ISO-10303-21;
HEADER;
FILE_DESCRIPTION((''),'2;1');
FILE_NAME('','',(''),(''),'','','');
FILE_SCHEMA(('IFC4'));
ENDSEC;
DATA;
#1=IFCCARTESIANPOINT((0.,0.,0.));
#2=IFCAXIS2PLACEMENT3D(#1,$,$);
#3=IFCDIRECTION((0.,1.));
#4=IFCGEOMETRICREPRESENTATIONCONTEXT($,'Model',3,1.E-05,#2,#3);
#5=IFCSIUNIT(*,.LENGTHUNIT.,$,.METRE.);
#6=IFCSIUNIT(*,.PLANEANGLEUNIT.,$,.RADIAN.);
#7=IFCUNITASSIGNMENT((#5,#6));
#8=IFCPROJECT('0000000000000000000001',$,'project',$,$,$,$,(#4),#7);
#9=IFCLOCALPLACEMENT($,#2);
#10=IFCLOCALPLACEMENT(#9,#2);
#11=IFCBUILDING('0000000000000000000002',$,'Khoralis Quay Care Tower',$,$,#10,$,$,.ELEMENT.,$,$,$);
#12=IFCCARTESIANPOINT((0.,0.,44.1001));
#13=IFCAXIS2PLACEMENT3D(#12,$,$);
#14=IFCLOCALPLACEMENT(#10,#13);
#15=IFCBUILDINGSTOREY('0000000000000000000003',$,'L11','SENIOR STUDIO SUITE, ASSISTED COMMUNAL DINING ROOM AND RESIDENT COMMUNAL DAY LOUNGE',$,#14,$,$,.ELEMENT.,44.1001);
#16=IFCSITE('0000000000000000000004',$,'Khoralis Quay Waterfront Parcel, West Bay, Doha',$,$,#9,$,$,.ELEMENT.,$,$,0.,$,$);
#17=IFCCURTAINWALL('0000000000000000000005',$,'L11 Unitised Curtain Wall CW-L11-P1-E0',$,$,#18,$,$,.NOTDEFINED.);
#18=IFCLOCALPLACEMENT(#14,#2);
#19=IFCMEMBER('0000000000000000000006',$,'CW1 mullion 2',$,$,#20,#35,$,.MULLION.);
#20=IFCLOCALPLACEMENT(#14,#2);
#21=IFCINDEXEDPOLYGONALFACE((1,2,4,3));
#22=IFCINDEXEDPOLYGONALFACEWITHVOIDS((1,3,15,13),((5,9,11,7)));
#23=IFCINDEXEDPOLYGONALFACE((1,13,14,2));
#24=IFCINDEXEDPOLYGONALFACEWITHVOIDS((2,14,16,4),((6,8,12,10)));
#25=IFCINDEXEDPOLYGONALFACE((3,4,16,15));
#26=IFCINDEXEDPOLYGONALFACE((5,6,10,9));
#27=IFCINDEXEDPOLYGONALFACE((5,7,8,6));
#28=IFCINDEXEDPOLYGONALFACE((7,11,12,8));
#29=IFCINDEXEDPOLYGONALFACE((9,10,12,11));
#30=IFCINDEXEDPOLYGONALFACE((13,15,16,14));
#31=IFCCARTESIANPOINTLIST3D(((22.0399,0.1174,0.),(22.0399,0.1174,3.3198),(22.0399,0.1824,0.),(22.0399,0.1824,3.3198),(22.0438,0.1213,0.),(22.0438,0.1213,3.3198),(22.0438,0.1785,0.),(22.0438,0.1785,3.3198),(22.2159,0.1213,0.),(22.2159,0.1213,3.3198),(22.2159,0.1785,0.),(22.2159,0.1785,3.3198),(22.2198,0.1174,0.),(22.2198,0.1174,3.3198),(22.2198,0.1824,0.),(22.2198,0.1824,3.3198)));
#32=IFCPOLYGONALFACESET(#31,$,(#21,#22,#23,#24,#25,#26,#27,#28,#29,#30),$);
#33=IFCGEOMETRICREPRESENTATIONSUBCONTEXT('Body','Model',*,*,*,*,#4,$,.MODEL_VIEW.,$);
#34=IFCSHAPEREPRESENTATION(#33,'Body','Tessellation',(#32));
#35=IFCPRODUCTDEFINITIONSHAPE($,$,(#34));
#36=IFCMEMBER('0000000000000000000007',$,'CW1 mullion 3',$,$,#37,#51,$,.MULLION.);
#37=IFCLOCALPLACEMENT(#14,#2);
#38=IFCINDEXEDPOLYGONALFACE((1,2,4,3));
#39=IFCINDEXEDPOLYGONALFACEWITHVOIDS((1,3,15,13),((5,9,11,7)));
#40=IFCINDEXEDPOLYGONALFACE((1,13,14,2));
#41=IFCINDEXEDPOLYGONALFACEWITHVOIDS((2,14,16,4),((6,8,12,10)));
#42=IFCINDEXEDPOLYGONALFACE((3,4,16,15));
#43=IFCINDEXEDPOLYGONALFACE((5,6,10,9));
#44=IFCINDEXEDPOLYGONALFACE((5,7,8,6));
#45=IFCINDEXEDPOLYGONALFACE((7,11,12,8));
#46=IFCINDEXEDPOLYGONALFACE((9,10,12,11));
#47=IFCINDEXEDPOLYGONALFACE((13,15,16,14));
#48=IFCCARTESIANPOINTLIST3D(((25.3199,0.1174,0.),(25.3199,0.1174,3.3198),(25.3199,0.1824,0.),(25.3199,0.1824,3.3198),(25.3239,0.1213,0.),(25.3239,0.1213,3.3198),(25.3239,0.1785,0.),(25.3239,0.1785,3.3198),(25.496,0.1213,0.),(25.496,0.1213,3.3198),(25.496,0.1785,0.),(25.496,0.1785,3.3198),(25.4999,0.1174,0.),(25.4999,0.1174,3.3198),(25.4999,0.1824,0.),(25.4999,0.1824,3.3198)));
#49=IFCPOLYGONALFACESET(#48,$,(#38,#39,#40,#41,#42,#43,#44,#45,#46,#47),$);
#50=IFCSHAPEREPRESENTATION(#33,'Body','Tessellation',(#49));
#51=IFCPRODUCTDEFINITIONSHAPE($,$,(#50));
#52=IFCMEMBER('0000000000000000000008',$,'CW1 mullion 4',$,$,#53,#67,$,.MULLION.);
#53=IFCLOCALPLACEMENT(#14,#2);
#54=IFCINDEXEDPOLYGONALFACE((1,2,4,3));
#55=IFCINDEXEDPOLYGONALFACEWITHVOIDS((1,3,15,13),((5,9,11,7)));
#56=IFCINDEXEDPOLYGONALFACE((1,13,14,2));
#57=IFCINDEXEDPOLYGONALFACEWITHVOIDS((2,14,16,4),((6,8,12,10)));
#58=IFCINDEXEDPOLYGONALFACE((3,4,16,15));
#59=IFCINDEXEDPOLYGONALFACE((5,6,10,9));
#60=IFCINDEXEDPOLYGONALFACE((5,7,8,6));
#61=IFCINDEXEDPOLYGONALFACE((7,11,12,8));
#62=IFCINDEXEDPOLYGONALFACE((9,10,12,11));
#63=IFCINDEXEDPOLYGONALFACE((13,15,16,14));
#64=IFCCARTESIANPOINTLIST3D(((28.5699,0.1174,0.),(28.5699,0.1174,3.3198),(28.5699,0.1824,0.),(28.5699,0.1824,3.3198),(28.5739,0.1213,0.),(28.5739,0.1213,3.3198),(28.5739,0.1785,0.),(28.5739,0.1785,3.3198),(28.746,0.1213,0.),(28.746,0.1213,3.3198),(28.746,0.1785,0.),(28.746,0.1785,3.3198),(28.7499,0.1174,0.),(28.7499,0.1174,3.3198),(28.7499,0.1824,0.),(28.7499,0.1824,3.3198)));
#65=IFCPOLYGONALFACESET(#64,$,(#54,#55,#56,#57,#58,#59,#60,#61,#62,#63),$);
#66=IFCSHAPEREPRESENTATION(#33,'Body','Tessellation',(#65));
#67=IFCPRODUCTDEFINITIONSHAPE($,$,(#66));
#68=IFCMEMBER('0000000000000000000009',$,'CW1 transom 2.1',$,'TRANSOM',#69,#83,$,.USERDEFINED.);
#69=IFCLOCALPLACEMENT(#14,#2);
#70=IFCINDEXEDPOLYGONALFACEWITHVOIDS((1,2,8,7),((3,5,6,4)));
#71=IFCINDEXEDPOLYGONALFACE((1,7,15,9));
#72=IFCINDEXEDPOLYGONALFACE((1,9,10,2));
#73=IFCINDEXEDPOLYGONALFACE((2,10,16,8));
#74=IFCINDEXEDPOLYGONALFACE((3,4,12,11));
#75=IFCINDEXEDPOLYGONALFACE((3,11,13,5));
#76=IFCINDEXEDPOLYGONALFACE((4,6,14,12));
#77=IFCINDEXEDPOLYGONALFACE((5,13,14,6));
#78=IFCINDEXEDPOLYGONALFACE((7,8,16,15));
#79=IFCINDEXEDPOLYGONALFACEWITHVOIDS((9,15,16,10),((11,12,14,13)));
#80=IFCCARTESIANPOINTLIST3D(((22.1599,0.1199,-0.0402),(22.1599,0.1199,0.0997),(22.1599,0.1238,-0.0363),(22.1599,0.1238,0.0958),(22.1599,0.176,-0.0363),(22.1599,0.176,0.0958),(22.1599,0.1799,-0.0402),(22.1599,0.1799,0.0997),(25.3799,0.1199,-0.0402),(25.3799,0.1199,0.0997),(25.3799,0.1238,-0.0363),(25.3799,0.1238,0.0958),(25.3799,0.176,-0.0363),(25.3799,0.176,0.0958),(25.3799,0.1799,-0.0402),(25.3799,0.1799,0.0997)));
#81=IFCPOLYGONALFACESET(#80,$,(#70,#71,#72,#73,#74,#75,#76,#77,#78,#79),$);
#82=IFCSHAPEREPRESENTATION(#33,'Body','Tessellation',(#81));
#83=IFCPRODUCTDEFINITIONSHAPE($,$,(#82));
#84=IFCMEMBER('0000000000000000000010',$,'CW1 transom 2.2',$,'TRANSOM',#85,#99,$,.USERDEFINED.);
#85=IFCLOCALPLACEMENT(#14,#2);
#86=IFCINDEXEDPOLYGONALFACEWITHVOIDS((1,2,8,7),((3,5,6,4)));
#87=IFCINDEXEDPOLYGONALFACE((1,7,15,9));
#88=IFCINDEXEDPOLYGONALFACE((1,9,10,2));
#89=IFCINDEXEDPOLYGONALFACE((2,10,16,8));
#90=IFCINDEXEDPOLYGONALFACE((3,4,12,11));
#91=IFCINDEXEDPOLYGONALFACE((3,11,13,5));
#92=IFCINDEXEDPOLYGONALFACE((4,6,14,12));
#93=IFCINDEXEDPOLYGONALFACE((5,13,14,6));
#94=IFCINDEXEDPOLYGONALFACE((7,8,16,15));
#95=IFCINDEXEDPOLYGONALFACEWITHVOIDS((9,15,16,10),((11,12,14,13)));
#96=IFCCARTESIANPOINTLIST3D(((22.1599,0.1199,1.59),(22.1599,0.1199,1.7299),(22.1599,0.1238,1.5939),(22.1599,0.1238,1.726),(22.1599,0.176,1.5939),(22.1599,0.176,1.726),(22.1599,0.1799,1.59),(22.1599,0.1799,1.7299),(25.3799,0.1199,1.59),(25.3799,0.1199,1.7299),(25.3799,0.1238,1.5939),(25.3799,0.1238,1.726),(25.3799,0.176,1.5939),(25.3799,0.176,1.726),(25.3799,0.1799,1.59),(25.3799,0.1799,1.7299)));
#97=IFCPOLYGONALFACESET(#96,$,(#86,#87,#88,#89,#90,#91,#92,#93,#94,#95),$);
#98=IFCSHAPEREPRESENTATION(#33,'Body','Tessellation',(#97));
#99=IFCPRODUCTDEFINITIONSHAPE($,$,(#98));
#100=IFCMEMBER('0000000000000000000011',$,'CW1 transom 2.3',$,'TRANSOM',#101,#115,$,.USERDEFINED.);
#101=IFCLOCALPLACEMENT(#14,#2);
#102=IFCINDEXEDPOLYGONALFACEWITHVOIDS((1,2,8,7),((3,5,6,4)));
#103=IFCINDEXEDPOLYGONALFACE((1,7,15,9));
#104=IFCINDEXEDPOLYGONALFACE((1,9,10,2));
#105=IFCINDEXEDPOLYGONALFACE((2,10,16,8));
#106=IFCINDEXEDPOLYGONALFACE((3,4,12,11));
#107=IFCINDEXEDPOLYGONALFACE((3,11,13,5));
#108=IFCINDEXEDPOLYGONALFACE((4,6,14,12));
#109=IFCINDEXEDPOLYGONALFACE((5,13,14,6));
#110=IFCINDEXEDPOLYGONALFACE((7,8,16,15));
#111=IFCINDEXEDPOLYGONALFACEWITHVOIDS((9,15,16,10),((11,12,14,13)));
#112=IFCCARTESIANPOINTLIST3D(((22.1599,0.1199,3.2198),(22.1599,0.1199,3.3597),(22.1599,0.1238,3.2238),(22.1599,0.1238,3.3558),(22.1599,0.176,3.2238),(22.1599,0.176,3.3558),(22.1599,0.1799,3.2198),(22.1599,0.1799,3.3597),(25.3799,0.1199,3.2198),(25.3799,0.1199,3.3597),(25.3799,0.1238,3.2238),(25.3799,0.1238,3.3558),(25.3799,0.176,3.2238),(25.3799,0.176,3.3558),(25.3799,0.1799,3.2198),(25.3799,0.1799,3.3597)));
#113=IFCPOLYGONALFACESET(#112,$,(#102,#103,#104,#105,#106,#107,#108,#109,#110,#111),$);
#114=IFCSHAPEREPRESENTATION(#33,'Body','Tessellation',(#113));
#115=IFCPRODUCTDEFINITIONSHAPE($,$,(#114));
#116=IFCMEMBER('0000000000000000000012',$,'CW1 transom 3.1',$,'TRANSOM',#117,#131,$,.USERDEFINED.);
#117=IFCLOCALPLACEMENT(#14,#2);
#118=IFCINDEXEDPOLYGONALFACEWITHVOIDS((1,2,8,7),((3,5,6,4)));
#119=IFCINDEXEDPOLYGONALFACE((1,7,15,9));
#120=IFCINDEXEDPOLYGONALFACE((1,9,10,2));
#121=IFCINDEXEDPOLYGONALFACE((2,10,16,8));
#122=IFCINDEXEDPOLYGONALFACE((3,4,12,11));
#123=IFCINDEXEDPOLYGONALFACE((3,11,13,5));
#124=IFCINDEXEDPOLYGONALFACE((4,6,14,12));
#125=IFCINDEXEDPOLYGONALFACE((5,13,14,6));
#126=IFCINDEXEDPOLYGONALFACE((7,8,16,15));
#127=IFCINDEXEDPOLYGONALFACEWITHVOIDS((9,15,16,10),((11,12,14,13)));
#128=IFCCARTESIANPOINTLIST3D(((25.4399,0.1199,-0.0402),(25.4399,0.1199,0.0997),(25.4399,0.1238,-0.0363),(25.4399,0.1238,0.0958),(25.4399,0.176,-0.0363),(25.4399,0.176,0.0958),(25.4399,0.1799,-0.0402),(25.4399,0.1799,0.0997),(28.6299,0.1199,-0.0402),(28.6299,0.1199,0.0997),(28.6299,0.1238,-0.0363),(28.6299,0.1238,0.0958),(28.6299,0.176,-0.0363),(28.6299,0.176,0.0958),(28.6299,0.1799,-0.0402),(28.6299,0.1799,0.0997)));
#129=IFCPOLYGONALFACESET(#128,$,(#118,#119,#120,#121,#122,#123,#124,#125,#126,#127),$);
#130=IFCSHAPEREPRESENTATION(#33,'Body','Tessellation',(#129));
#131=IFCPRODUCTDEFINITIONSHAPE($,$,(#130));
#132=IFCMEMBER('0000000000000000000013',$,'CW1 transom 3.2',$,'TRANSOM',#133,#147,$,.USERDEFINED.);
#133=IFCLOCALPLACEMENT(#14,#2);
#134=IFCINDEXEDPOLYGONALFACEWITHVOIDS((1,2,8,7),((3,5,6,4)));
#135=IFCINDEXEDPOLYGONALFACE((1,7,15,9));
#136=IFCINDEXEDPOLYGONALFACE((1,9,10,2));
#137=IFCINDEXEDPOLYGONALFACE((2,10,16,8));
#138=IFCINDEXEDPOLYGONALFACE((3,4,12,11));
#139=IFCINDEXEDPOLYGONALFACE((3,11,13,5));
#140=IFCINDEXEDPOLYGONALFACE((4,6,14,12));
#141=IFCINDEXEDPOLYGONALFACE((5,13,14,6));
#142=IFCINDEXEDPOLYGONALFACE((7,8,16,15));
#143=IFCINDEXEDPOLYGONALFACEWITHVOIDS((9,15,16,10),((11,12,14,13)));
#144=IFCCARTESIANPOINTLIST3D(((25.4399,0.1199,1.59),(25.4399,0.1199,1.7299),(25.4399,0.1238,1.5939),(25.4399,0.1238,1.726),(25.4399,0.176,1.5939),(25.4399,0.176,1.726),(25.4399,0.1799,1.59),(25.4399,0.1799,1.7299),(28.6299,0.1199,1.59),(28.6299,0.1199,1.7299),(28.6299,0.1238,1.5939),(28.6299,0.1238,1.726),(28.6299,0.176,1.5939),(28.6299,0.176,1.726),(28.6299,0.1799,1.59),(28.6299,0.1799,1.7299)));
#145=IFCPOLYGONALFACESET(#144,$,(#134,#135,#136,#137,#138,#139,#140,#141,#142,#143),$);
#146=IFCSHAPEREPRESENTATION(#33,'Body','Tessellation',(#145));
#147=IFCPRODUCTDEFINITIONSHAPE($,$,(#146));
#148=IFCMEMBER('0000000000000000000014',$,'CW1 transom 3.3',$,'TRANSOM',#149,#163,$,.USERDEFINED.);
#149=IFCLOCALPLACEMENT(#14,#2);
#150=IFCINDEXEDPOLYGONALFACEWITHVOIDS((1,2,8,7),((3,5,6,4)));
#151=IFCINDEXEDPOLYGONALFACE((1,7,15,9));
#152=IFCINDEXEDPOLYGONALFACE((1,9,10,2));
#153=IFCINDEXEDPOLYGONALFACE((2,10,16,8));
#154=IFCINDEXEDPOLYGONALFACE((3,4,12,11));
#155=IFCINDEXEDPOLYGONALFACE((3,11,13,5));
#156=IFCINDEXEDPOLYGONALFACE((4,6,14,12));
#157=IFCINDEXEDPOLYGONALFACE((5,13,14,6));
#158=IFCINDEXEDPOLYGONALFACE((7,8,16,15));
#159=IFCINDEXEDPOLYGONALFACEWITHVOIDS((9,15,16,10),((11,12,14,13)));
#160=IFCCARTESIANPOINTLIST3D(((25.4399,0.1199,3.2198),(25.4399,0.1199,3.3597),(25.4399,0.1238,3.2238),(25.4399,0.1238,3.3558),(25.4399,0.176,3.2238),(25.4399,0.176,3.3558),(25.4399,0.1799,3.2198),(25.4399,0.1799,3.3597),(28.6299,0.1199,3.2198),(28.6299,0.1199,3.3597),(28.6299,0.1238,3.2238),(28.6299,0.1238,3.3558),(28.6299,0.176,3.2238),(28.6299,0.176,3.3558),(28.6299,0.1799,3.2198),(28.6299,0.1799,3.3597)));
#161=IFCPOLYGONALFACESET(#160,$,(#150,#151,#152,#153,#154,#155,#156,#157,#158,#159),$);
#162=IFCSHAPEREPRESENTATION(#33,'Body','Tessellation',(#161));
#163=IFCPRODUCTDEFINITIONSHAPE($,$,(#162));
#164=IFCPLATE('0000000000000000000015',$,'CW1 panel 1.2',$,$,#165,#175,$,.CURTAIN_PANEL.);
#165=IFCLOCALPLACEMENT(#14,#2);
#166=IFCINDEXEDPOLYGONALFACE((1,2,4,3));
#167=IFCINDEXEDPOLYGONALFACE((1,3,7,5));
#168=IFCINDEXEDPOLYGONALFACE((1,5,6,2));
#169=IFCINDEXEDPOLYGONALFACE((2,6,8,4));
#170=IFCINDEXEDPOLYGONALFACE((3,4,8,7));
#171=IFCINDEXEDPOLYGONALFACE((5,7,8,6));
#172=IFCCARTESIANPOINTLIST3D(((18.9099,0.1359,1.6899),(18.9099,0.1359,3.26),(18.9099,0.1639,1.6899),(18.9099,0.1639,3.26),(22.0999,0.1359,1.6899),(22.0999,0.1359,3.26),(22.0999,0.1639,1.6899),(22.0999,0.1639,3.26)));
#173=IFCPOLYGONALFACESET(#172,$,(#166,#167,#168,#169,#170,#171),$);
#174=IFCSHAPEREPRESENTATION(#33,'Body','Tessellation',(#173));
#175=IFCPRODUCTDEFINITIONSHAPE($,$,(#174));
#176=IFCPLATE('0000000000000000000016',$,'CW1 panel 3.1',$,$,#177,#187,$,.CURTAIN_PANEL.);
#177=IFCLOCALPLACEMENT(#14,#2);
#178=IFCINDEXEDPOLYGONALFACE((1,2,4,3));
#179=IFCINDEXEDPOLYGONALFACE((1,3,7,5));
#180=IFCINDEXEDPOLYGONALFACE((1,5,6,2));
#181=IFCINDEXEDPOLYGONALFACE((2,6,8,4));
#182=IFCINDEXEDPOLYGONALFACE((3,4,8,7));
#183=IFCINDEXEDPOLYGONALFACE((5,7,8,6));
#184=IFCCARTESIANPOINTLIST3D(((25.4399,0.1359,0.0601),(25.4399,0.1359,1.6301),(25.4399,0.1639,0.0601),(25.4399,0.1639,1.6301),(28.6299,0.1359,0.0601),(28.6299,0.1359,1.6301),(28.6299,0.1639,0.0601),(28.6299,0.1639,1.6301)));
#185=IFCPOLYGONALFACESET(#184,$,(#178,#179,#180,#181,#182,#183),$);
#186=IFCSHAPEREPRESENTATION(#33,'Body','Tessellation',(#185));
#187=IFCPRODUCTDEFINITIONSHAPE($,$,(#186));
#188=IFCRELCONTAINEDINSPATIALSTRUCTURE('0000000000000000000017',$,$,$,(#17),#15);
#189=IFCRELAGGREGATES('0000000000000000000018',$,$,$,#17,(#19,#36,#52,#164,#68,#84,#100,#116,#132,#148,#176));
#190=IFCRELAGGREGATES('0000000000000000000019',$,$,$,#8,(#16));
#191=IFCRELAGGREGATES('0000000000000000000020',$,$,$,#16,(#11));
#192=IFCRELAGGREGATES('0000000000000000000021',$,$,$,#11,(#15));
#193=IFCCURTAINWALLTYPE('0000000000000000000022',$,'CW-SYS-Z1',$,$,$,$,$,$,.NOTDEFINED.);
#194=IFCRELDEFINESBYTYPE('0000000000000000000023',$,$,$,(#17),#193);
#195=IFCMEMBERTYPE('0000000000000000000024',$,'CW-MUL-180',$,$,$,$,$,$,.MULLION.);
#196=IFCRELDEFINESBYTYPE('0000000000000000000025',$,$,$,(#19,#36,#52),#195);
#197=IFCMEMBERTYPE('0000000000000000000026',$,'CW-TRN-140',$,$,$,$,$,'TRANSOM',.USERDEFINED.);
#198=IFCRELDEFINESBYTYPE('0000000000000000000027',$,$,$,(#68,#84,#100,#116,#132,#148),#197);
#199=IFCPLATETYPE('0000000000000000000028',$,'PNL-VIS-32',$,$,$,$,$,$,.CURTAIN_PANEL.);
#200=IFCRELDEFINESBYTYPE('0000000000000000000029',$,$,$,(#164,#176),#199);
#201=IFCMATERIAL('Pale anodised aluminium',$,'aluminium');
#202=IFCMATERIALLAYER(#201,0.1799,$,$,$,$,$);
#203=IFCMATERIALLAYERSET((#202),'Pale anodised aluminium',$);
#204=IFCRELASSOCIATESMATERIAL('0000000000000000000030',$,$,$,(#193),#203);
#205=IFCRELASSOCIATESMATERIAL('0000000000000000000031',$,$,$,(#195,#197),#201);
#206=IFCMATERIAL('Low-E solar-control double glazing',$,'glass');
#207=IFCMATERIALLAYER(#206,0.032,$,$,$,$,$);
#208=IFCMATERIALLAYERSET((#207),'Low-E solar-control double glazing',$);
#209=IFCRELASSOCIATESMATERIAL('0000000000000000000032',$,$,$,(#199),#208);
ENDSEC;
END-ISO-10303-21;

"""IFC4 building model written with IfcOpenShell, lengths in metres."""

from ifc_helpers import new_model, si_unit, direction, frame, origin, origin_2d, place, context, subcontext, project, spatial, rectangle, hollow_rectangle, extrude, source, transform, mapped, material, layer, layer_set, material_profile, profile_set, type_object, element, aggregate, save


model = new_model("IFC4")

# Units and contexts
model_context = context("Model", 3, precision=1e-05, world=origin(), true_north=direction((0.0, 1.0)))
body_context = subcontext(model_context, "Body", "Model", "MODEL_VIEW")
ifc_project = project(units=[si_unit("LENGTHUNIT", "METRE"), si_unit("PLANEANGLEUNIT", "RADIAN")], contexts=[model_context])

# Site, building, storey
site_placement = place(None, origin())
site = spatial("IfcSite", under=ifc_project, at=site_placement, Name="Khoralis Quay Waterfront Parcel, West Bay, Doha", CompositionType="ELEMENT", RefElevation=0.0)
building_placement = place(site_placement, origin())
building = spatial("IfcBuilding", under=site, at=building_placement, Name="Khoralis Quay Care Tower", CompositionType="ELEMENT")
storey_placement = place(building_placement, frame((0.0, 0.0, 44.1001)))
storey = spatial("IfcBuildingStorey", under=building, at=storey_placement, Name="L11", Description="SENIOR STUDIO SUITE, ASSISTED COMMUNAL DINING ROOM AND RESIDENT COMMUNAL DAY LOUNGE", CompositionType="ELEMENT", Elevation=44.1001)

# Curtain wall, members, plates
ifc_material_1 = material(Name="Pale anodised aluminium", Category="aluminium")
ifc_layer_1 = layer(ifc_material_1, 0.1799)
ifc_layer_set_1 = layer_set([ifc_layer_1], Name="Pale anodised aluminium")
curtain_wall_type = type_object("IfcCurtainWallType", Name="CW-SYS-Z1", PredefinedType="NOTDEFINED", material=ifc_layer_set_1)
curtain_wall_placement = place(storey_placement, origin())
curtain_wall = element("IfcCurtainWall", 1, at=curtain_wall_placement, inside=storey, type_object=curtain_wall_type, Name="L11 Unitised Curtain Wall CW-L11-P1-E0", PredefinedType="NOTDEFINED")
ifc_material_profile_1 = material_profile(ifc_material_1, hollow_rectangle(XDim=0.0649, YDim=0.1799, WallThickness=0.0039, at=origin_2d()), Name="Pale anodised aluminium")
ifc_profile_set_1 = profile_set([ifc_material_profile_1], Name="Pale anodised aluminium")
member_type_1 = type_object("IfcMemberType", Name="CW-MUL-180", PredefinedType="MULLION", material=ifc_profile_set_1)
shared_shape_1 = source(origin(), body_context, "Body", "SweptSolid", [
    extrude(hollow_rectangle(XDim=0.0649, YDim=0.1799, WallThickness=0.0039, at=origin_2d()), origin(), (0.0, 0.0, 1.0), 3.3198),
])
member_1_placement = place(storey_placement, frame((22.1299, 0.1499, 0.0), z_axis=(0.0, 0.0, 1.0), x_axis=(0.0, 1.0, 0.0)))
member_1 = element("IfcMember", 2, at=member_1_placement, type_object=member_type_1, Name="CW1 mullion 2", PredefinedType="MULLION", context=body_context, shape_type="MappedRepresentation", body=[
    mapped(shared_shape_1, transform((0.0, 0.0, 0.0), scale=1.0)),
])
member_2_placement = place(storey_placement, frame((25.4099, 0.1499, 0.0), z_axis=(0.0, 0.0, 1.0), x_axis=(0.0, 1.0, 0.0)))
member_2 = element("IfcMember", 3, at=member_2_placement, type_object=member_type_1, Name="CW1 mullion 3", PredefinedType="MULLION", context=body_context, shape_type="MappedRepresentation", body=[
    mapped(shared_shape_1, transform((0.0, 0.0, 0.0), scale=1.0)),
])
member_3_placement = place(storey_placement, frame((28.6599, 0.1499, 0.0), z_axis=(0.0, 0.0, 1.0), x_axis=(0.0, 1.0, 0.0)))
member_3 = element("IfcMember", 4, at=member_3_placement, type_object=member_type_1, Name="CW1 mullion 4", PredefinedType="MULLION", context=body_context, shape_type="MappedRepresentation", body=[
    mapped(shared_shape_1, transform((0.0, 0.0, 0.0), scale=1.0)),
])
ifc_material_profile_2 = material_profile(ifc_material_1, hollow_rectangle(XDim=0.0601, YDim=0.1399, WallThickness=0.0039, at=origin_2d()), Name="Pale anodised aluminium")
ifc_profile_set_2 = profile_set([ifc_material_profile_2], Name="Pale anodised aluminium")
member_type_2 = type_object("IfcMemberType", Name="CW-TRN-140", ElementType="TRANSOM", PredefinedType="USERDEFINED", material=ifc_profile_set_2)
shared_shape_2 = source(origin(), body_context, "Body", "SweptSolid", [
    extrude(hollow_rectangle(XDim=0.0601, YDim=0.1399, WallThickness=0.0039, at=origin_2d()), origin(), (0.0, 0.0, 1.0), 3.22),
])
member_4_placement = place(storey_placement, frame((22.1599, 0.1499, 0.0298), z_axis=(1.0, 0.0, 0.0), x_axis=(0.0, 1.0, 0.0)))
member_4 = element("IfcMember", 5, at=member_4_placement, type_object=member_type_2, Name="CW1 transom 2.1", ObjectType="TRANSOM", PredefinedType="USERDEFINED", context=body_context, shape_type="MappedRepresentation", body=[
    mapped(shared_shape_2, transform((0.0, 0.0, 0.0), scale=1.0)),
])
member_5_placement = place(storey_placement, frame((22.1599, 0.1499, 1.6599), z_axis=(1.0, 0.0, 0.0), x_axis=(0.0, 1.0, 0.0)))
member_5 = element("IfcMember", 6, at=member_5_placement, type_object=member_type_2, Name="CW1 transom 2.2", ObjectType="TRANSOM", PredefinedType="USERDEFINED", context=body_context, shape_type="MappedRepresentation", body=[
    mapped(shared_shape_2, transform((0.0, 0.0, 0.0), scale=1.0)),
])
member_6_placement = place(storey_placement, frame((22.1599, 0.1499, 3.2898), z_axis=(1.0, 0.0, 0.0), x_axis=(0.0, 1.0, 0.0)))
member_6 = element("IfcMember", 7, at=member_6_placement, type_object=member_type_2, Name="CW1 transom 2.3", ObjectType="TRANSOM", PredefinedType="USERDEFINED", context=body_context, shape_type="MappedRepresentation", body=[
    mapped(shared_shape_2, transform((0.0, 0.0, 0.0), scale=1.0)),
])
shared_shape_3 = source(origin(), body_context, "Body", "SweptSolid", [
    extrude(hollow_rectangle(XDim=0.0601, YDim=0.1399, WallThickness=0.0039, at=origin_2d()), origin(), (0.0, 0.0, 1.0), 3.1899),
])
member_7_placement = place(storey_placement, frame((25.4399, 0.1499, 0.0298), z_axis=(1.0, 0.0, 0.0), x_axis=(0.0, 1.0, 0.0)))
member_7 = element("IfcMember", 8, at=member_7_placement, type_object=member_type_2, Name="CW1 transom 3.1", ObjectType="TRANSOM", PredefinedType="USERDEFINED", context=body_context, shape_type="MappedRepresentation", body=[
    mapped(shared_shape_3, transform((0.0, 0.0, 0.0), scale=1.0)),
])
member_8_placement = place(storey_placement, frame((25.4399, 0.1499, 1.6599), z_axis=(1.0, 0.0, 0.0), x_axis=(0.0, 1.0, 0.0)))
member_8 = element("IfcMember", 9, at=member_8_placement, type_object=member_type_2, Name="CW1 transom 3.2", ObjectType="TRANSOM", PredefinedType="USERDEFINED", context=body_context, shape_type="MappedRepresentation", body=[
    mapped(shared_shape_3, transform((0.0, 0.0, 0.0), scale=1.0)),
])
member_9_placement = place(storey_placement, frame((25.4399, 0.1499, 3.2898), z_axis=(1.0, 0.0, 0.0), x_axis=(0.0, 1.0, 0.0)))
member_9 = element("IfcMember", 10, at=member_9_placement, type_object=member_type_2, Name="CW1 transom 3.3", ObjectType="TRANSOM", PredefinedType="USERDEFINED", context=body_context, shape_type="MappedRepresentation", body=[
    mapped(shared_shape_3, transform((0.0, 0.0, 0.0), scale=1.0)),
])
ifc_material_2 = material(Name="Low-E solar-control double glazing", Category="glass")
ifc_layer_2 = layer(ifc_material_2, 0.032)
ifc_layer_set_2 = layer_set([ifc_layer_2], Name="Low-E solar-control double glazing")
plate_type = type_object("IfcPlateType", Name="PNL-VIS-32", PredefinedType="CURTAIN_PANEL", material=ifc_layer_set_2)
shared_shape_4 = source(origin(), body_context, "Body", "SweptSolid", [
    extrude(rectangle(XDim=3.1899, YDim=0.0281, at=origin_2d()), origin(), (0.0, 0.0, 1.0), 1.5701),
])
plate_1_placement = place(storey_placement, frame((20.5049, 0.1499, 1.6899), z_axis=(0.0, 0.0, 1.0), x_axis=(1.0, 0.0, 0.0)))
plate_1 = element("IfcPlate", 11, at=plate_1_placement, type_object=plate_type, Name="CW1 panel 1.2", PredefinedType="CURTAIN_PANEL", context=body_context, shape_type="MappedRepresentation", body=[
    mapped(shared_shape_4, transform((0.0, 0.0, 0.0), scale=1.0)),
])
plate_2_placement = place(storey_placement, frame((27.0349, 0.1499, 0.0601), z_axis=(0.0, 0.0, 1.0), x_axis=(1.0, 0.0, 0.0)))
plate_2 = element("IfcPlate", 12, at=plate_2_placement, type_object=plate_type, Name="CW1 panel 3.1", PredefinedType="CURTAIN_PANEL", context=body_context, shape_type="MappedRepresentation", body=[
    mapped(shared_shape_4, transform((0.0, 0.0, 0.0), scale=1.0)),
])
aggregate(curtain_wall, [member_1, member_2, member_3, plate_1, member_4, member_5, member_6, member_7, member_8, member_9, plate_2])

save(model, "model.ifc")
